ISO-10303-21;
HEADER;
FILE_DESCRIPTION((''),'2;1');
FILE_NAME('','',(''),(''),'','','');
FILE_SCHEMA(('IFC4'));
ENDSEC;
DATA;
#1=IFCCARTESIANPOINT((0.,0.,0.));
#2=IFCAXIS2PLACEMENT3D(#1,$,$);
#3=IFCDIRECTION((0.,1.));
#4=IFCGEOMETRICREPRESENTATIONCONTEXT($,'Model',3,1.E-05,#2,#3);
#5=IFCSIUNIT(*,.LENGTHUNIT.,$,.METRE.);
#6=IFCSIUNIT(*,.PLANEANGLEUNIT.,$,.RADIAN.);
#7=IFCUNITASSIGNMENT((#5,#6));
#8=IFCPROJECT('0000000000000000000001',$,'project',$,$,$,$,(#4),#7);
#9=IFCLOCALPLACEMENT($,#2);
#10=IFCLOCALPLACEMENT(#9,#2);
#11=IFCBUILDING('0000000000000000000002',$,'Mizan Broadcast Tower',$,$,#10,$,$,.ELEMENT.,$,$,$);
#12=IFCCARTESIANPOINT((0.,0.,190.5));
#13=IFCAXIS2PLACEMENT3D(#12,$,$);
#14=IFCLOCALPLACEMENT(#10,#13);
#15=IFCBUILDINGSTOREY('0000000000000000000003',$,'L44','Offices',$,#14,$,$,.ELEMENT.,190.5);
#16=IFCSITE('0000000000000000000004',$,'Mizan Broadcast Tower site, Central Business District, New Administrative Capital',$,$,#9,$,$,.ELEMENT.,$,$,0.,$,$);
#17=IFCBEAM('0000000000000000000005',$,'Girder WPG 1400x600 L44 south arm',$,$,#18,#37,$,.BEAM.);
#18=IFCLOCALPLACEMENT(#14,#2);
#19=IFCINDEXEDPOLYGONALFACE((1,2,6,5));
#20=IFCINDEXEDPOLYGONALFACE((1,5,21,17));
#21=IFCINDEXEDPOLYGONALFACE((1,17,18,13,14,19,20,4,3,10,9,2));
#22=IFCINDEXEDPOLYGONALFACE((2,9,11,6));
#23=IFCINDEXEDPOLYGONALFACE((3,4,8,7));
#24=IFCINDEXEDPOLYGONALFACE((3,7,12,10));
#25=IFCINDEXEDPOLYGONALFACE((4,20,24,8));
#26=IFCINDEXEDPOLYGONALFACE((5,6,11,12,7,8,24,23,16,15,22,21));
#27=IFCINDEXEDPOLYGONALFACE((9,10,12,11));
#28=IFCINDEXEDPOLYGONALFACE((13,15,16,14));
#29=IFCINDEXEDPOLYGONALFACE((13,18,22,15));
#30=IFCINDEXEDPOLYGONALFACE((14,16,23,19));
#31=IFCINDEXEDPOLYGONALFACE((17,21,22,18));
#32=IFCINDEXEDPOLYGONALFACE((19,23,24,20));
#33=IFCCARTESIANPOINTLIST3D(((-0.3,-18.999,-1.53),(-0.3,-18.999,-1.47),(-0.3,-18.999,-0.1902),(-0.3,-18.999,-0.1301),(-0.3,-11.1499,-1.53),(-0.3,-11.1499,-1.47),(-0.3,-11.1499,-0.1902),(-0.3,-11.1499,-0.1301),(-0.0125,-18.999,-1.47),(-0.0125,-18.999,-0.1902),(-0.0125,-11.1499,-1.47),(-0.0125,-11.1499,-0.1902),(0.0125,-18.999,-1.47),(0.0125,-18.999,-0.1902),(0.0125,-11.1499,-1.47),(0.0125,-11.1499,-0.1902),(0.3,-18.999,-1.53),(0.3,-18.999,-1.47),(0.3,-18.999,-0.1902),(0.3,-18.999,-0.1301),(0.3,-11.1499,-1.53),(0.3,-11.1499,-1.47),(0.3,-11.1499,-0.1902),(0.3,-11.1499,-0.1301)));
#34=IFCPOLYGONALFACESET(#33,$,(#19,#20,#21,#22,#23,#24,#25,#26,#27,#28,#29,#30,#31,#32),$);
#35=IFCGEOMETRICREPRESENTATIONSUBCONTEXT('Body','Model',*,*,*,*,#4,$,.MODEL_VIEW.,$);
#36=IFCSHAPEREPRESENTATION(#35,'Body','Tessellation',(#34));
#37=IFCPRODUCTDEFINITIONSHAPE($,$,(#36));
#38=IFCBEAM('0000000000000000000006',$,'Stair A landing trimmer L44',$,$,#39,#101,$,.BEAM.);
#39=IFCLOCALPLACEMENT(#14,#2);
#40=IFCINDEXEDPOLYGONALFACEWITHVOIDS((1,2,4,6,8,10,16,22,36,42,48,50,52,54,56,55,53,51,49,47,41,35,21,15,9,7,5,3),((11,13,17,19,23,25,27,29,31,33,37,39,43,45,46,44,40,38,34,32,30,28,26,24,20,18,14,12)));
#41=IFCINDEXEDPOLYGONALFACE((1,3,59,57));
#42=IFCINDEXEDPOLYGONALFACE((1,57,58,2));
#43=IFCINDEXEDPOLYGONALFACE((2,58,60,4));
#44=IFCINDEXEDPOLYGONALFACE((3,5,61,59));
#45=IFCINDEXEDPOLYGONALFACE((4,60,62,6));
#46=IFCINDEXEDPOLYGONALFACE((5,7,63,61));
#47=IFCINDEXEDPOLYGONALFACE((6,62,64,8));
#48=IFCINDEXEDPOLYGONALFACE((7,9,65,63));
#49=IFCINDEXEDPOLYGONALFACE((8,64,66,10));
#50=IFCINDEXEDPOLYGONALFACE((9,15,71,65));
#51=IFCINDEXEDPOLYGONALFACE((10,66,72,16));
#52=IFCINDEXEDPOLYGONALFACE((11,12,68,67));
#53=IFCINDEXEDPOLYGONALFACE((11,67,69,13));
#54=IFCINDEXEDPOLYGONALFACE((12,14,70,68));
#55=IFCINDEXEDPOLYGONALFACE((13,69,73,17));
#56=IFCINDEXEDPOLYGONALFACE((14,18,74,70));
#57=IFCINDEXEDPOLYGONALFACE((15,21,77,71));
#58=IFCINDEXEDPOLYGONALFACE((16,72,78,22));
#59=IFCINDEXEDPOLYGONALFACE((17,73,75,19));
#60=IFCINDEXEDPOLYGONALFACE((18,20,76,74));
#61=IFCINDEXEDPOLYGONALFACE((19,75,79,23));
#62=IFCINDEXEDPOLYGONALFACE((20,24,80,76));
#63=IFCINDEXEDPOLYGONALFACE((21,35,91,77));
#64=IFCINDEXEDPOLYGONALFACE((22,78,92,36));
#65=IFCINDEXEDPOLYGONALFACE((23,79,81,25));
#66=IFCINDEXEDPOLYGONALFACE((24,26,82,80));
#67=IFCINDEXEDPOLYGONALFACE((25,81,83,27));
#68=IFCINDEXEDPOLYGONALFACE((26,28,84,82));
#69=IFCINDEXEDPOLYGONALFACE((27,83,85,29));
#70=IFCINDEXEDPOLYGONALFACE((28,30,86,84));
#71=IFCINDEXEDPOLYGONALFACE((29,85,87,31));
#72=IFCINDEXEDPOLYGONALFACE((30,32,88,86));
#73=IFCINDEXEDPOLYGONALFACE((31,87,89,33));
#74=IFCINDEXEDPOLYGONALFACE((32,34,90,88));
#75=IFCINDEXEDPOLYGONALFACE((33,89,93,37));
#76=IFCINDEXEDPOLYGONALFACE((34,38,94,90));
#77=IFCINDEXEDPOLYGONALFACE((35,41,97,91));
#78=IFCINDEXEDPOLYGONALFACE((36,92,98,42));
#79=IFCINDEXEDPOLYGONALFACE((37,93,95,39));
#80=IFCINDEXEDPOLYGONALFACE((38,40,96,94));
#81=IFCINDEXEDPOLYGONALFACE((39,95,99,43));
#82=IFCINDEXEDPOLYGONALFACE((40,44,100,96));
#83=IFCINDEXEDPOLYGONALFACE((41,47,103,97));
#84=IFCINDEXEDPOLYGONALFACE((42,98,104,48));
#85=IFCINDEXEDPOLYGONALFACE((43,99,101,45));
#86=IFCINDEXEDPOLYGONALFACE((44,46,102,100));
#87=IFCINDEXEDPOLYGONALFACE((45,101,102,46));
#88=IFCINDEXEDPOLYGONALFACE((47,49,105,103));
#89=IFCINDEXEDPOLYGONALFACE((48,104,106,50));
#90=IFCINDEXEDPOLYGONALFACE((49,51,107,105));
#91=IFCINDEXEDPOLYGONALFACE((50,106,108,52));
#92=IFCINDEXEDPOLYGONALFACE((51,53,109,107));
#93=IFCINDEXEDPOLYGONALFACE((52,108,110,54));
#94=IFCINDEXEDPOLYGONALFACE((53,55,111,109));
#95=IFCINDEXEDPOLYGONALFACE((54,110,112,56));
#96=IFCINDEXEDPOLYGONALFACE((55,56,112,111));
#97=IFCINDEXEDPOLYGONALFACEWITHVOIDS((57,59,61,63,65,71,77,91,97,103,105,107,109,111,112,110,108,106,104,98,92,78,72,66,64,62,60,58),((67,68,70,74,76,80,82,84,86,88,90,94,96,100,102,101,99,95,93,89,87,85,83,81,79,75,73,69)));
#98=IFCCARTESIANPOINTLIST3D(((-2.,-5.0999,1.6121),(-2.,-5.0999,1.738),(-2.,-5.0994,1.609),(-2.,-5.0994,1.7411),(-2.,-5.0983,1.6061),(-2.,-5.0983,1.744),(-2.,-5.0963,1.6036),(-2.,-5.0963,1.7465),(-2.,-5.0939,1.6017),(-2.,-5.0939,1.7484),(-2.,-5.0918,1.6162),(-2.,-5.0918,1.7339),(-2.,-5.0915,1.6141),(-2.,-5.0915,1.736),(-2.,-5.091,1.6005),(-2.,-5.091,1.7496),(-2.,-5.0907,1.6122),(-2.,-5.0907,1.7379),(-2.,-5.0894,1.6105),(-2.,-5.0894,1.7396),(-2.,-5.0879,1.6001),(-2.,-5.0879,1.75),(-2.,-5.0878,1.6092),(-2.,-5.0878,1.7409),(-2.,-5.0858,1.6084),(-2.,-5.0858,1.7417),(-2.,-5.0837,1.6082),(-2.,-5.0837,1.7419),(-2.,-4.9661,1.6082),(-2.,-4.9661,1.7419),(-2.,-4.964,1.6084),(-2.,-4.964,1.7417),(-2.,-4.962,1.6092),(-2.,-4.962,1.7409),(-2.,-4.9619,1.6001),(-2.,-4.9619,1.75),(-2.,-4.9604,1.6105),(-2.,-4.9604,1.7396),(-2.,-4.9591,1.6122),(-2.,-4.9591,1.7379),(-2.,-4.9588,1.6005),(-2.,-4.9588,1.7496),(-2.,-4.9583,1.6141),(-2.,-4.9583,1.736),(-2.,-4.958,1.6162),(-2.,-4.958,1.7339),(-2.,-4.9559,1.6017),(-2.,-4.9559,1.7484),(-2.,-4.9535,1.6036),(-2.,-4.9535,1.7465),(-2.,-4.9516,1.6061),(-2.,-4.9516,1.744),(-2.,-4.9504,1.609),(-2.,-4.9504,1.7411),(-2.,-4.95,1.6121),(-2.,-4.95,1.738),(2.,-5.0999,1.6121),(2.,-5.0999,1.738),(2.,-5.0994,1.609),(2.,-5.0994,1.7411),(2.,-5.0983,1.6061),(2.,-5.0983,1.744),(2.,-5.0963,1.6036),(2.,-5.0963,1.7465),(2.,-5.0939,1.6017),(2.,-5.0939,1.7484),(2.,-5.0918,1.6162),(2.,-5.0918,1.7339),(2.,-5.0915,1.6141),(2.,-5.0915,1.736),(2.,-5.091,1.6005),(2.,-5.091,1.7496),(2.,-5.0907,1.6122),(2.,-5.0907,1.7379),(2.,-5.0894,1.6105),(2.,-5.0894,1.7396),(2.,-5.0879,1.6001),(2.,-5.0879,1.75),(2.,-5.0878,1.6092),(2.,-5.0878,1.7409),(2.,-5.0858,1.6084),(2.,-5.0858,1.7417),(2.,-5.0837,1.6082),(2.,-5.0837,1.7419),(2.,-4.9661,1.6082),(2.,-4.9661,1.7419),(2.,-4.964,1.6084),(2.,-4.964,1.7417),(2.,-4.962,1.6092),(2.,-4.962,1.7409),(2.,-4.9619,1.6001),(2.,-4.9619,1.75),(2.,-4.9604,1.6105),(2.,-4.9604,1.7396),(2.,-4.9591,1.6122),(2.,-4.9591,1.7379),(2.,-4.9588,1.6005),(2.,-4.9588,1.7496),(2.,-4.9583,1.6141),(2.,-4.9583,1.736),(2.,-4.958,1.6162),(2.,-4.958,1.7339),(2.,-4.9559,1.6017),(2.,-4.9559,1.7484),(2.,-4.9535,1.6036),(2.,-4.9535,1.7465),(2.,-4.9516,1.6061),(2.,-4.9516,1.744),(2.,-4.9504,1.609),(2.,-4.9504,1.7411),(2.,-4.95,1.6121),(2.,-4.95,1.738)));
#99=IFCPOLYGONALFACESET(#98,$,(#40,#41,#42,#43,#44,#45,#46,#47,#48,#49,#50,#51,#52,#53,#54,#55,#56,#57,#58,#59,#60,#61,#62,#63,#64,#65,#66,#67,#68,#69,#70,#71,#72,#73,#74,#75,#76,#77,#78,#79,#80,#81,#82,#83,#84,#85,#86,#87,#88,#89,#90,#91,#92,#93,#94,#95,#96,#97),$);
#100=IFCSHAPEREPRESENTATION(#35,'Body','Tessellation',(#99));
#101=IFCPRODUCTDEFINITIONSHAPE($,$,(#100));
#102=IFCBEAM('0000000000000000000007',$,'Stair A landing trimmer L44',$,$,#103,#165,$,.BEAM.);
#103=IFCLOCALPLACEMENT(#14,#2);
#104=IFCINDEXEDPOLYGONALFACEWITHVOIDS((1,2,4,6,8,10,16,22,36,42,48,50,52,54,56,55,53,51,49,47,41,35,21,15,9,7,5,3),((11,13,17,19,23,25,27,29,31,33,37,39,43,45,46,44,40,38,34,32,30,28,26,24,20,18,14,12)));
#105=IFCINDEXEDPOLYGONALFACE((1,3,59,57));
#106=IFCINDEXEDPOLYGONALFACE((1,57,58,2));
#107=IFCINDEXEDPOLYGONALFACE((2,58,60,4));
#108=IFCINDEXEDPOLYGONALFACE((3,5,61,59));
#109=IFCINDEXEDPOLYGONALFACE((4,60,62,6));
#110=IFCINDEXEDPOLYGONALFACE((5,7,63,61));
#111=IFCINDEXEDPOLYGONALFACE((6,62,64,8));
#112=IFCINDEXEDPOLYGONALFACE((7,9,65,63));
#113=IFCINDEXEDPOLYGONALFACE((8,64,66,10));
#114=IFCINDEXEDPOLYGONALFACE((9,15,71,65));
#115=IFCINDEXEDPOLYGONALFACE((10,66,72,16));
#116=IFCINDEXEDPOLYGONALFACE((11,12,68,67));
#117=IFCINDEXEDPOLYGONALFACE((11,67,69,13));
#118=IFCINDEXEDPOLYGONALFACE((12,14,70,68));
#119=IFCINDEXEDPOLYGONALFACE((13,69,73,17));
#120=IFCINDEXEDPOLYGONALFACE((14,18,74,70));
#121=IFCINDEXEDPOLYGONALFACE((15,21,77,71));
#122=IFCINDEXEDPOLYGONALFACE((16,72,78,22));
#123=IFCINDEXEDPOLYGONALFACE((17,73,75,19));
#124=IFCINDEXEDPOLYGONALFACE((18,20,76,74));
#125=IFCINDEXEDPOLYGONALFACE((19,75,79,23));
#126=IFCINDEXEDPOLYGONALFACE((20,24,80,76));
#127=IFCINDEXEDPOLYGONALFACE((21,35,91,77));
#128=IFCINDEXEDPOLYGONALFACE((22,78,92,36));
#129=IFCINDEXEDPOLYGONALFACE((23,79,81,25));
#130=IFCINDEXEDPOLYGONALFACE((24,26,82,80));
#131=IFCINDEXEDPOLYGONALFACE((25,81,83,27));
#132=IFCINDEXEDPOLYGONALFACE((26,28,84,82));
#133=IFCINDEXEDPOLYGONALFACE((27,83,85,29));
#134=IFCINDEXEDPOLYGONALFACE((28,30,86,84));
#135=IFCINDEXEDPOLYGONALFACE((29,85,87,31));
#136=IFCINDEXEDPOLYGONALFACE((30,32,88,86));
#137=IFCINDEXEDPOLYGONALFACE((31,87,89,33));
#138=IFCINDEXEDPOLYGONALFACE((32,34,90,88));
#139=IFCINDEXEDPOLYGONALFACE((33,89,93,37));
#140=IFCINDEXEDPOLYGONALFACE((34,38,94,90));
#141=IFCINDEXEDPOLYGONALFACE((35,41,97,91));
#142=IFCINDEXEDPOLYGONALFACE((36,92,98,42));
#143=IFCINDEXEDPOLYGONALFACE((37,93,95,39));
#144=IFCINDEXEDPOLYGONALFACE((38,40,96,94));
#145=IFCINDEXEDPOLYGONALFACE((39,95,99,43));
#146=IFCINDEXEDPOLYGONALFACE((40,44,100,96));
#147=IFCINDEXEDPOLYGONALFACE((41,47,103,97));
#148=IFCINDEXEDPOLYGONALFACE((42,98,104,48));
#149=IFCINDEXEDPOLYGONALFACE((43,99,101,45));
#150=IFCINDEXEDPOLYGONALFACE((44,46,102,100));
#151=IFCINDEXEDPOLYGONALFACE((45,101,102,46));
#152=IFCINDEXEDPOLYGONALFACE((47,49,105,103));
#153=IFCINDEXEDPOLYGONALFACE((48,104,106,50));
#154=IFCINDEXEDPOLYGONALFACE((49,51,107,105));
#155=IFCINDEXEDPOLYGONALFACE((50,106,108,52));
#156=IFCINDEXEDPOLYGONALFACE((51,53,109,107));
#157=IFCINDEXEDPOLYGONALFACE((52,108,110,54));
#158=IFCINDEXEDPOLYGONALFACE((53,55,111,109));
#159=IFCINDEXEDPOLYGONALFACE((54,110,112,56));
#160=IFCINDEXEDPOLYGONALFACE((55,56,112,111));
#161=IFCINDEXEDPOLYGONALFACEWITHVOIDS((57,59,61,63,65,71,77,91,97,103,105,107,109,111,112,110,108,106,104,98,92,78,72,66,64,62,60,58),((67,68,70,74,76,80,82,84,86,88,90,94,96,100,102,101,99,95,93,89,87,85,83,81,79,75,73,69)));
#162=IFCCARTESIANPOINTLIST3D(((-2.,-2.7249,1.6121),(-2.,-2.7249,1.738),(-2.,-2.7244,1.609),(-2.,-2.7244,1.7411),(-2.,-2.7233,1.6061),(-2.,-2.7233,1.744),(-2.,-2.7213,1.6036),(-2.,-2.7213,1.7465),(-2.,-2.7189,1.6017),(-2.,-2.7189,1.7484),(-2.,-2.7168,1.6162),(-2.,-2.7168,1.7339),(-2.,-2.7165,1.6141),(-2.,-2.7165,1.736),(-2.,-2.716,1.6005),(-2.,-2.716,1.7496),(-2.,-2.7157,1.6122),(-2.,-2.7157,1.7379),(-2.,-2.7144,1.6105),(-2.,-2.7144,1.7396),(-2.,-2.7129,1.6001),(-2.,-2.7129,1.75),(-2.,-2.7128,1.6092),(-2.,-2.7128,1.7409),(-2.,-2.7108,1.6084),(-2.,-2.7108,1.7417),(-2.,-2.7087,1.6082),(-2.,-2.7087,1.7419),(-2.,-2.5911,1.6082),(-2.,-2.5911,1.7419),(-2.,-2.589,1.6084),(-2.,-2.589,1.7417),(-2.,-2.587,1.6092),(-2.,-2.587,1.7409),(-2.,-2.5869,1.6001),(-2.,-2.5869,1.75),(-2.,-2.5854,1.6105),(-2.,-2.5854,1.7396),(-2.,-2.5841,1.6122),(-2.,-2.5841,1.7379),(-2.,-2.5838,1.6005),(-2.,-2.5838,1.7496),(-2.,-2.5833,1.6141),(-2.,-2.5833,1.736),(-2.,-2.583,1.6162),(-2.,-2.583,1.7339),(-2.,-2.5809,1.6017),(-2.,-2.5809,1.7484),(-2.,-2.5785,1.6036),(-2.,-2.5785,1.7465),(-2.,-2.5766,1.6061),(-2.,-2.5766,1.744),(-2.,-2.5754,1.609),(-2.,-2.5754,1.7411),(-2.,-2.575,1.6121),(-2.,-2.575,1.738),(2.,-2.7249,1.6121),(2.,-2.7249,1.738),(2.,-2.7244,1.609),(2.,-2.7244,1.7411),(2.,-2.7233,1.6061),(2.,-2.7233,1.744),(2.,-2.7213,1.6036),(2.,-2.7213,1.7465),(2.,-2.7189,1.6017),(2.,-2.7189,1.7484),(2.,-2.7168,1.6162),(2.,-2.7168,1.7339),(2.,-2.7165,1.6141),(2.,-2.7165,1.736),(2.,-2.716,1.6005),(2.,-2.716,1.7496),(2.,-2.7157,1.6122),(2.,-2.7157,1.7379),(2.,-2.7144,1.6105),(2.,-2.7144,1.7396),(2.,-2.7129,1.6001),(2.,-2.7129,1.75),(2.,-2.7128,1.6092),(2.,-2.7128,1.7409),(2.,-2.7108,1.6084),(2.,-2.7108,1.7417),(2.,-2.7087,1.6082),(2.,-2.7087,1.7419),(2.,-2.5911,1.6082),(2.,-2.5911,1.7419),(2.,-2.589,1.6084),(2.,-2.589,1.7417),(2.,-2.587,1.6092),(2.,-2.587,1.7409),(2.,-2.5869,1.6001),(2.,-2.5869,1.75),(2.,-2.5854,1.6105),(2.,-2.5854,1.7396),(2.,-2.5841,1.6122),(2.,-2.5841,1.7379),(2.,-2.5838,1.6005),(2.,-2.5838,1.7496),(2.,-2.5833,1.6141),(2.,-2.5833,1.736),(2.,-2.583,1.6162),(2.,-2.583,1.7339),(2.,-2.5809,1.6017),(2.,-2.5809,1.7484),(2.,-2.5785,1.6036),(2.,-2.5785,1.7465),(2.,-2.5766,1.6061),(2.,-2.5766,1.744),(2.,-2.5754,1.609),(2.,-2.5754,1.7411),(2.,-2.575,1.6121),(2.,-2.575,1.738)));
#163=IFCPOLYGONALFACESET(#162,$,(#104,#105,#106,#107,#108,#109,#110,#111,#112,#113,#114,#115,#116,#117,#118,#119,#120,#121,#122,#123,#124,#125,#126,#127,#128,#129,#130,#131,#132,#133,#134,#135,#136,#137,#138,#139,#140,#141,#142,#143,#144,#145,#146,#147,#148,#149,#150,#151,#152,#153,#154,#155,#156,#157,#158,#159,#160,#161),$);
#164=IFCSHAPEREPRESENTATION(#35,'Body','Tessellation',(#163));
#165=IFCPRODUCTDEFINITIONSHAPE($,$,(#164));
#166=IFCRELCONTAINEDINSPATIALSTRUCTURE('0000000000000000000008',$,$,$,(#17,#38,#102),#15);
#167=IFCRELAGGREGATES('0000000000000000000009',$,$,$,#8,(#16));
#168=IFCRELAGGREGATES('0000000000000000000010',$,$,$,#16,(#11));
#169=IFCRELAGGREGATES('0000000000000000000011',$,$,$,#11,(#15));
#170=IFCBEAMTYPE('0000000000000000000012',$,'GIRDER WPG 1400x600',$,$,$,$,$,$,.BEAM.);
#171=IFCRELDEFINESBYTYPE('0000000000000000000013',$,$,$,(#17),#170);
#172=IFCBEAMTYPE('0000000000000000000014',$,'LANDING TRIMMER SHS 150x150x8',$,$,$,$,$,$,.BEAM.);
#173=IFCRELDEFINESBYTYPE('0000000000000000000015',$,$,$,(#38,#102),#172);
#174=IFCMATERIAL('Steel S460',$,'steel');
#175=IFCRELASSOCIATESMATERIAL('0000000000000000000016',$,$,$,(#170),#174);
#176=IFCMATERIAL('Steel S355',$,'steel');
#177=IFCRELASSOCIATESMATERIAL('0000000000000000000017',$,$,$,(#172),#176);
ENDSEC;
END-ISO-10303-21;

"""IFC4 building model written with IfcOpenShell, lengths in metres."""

from ifc_helpers import new_model, si_unit, direction, frame, origin, origin_2d, place, context, subcontext, project, spatial, hollow_rectangle, i_section, extrude, material, material_profile, profile_set, type_object, element, save


model = new_model("IFC4")

# Units and contexts
model_context = context("Model", 3, precision=1e-05, world=origin(), true_north=direction((0.0, 1.0)))
body_context = subcontext(model_context, "Body", "Model", "MODEL_VIEW")
ifc_project = project(units=[si_unit("LENGTHUNIT", "METRE"), si_unit("PLANEANGLEUNIT", "RADIAN")], contexts=[model_context])

# Site, building, storey
site_placement = place(None, origin())
site = spatial("IfcSite", under=ifc_project, at=site_placement, Name="Mizan Broadcast Tower site, Central Business District, New Administrative Capital", CompositionType="ELEMENT", RefElevation=0.0)
building_placement = place(site_placement, origin())
building = spatial("IfcBuilding", under=site, at=building_placement, Name="Mizan Broadcast Tower", CompositionType="ELEMENT")
storey_placement = place(building_placement, frame((0.0, 0.0, 190.5)))
storey = spatial("IfcBuildingStorey", under=building, at=storey_placement, Name="L44", Description="Offices", CompositionType="ELEMENT", Elevation=190.5)

# Beams
ifc_material_1 = material(Name="Steel S460", Category="steel")
ifc_material_profile_1 = material_profile(ifc_material_1, i_section(OverallWidth=0.6001, OverallDepth=1.3999, WebThickness=0.0249, FlangeThickness=0.0601, at=origin_2d()), Name="WPG 1400x600")
ifc_profile_set_1 = profile_set([ifc_material_profile_1], Name="Steel S460")
beam_type_1 = type_object("IfcBeamType", Name="GIRDER WPG 1400x600", PredefinedType="BEAM", material=ifc_profile_set_1)
beam_placement = place(storey_placement, frame((0.0, -11.1499, -0.8301), z_axis=(0.0, -1.0, 0.0), x_axis=(1.0, 0.0, 0.0)))
element("IfcBeam", 1, at=beam_placement, inside=storey, type_object=beam_type_1, Name="Girder WPG 1400x600 L44 south arm", PredefinedType="BEAM", context=body_context, shape_type="SweptSolid", body=[
    extrude(i_section(OverallWidth=0.6001, OverallDepth=1.3999, WebThickness=0.0249, FlangeThickness=0.0601, at=origin_2d()), origin(), (0.0, 0.0, 1.0), 7.8491),
])
ifc_material_2 = material(Name="Steel S355", Category="steel")
ifc_material_profile_2 = material_profile(ifc_material_2, hollow_rectangle(XDim=0.1499, YDim=0.1499, WallThickness=0.0081, InnerFilletRadius=0.0081, OuterFilletRadius=0.012, at=origin_2d()), Name="SHS 150x150x8")
ifc_profile_set_2 = profile_set([ifc_material_profile_2], Name="Steel S355")
beam_type_2 = type_object("IfcBeamType", Name="LANDING TRIMMER SHS 150x150x8", PredefinedType="BEAM", material=ifc_profile_set_2)
for number, where, z_axis, x_axis, name in (
    (2, (-2.0, -5.0249, 1.675), (1.0, 0.0, 0.0), (0.0, 1.0, 0.0), "Stair A landing trimmer L44"),
    (3, (-2.0, -2.6499, 1.675), (1.0, 0.0, 0.0), (0.0, 1.0, 0.0), "Stair A landing trimmer L44"),
):
    element("IfcBeam", number, at=place(storey_placement, frame(where, z_axis=z_axis, x_axis=x_axis)), inside=storey, type_object=beam_type_2, Name=name, PredefinedType="BEAM", context=body_context, shape_type="SweptSolid", body=[
        extrude(hollow_rectangle(XDim=0.1499, YDim=0.1499, WallThickness=0.0081, InnerFilletRadius=0.0081, OuterFilletRadius=0.012, at=origin_2d()), origin(), (0.0, 0.0, 1.0), 4.0),
    ])

save(model, "model.ifc")
